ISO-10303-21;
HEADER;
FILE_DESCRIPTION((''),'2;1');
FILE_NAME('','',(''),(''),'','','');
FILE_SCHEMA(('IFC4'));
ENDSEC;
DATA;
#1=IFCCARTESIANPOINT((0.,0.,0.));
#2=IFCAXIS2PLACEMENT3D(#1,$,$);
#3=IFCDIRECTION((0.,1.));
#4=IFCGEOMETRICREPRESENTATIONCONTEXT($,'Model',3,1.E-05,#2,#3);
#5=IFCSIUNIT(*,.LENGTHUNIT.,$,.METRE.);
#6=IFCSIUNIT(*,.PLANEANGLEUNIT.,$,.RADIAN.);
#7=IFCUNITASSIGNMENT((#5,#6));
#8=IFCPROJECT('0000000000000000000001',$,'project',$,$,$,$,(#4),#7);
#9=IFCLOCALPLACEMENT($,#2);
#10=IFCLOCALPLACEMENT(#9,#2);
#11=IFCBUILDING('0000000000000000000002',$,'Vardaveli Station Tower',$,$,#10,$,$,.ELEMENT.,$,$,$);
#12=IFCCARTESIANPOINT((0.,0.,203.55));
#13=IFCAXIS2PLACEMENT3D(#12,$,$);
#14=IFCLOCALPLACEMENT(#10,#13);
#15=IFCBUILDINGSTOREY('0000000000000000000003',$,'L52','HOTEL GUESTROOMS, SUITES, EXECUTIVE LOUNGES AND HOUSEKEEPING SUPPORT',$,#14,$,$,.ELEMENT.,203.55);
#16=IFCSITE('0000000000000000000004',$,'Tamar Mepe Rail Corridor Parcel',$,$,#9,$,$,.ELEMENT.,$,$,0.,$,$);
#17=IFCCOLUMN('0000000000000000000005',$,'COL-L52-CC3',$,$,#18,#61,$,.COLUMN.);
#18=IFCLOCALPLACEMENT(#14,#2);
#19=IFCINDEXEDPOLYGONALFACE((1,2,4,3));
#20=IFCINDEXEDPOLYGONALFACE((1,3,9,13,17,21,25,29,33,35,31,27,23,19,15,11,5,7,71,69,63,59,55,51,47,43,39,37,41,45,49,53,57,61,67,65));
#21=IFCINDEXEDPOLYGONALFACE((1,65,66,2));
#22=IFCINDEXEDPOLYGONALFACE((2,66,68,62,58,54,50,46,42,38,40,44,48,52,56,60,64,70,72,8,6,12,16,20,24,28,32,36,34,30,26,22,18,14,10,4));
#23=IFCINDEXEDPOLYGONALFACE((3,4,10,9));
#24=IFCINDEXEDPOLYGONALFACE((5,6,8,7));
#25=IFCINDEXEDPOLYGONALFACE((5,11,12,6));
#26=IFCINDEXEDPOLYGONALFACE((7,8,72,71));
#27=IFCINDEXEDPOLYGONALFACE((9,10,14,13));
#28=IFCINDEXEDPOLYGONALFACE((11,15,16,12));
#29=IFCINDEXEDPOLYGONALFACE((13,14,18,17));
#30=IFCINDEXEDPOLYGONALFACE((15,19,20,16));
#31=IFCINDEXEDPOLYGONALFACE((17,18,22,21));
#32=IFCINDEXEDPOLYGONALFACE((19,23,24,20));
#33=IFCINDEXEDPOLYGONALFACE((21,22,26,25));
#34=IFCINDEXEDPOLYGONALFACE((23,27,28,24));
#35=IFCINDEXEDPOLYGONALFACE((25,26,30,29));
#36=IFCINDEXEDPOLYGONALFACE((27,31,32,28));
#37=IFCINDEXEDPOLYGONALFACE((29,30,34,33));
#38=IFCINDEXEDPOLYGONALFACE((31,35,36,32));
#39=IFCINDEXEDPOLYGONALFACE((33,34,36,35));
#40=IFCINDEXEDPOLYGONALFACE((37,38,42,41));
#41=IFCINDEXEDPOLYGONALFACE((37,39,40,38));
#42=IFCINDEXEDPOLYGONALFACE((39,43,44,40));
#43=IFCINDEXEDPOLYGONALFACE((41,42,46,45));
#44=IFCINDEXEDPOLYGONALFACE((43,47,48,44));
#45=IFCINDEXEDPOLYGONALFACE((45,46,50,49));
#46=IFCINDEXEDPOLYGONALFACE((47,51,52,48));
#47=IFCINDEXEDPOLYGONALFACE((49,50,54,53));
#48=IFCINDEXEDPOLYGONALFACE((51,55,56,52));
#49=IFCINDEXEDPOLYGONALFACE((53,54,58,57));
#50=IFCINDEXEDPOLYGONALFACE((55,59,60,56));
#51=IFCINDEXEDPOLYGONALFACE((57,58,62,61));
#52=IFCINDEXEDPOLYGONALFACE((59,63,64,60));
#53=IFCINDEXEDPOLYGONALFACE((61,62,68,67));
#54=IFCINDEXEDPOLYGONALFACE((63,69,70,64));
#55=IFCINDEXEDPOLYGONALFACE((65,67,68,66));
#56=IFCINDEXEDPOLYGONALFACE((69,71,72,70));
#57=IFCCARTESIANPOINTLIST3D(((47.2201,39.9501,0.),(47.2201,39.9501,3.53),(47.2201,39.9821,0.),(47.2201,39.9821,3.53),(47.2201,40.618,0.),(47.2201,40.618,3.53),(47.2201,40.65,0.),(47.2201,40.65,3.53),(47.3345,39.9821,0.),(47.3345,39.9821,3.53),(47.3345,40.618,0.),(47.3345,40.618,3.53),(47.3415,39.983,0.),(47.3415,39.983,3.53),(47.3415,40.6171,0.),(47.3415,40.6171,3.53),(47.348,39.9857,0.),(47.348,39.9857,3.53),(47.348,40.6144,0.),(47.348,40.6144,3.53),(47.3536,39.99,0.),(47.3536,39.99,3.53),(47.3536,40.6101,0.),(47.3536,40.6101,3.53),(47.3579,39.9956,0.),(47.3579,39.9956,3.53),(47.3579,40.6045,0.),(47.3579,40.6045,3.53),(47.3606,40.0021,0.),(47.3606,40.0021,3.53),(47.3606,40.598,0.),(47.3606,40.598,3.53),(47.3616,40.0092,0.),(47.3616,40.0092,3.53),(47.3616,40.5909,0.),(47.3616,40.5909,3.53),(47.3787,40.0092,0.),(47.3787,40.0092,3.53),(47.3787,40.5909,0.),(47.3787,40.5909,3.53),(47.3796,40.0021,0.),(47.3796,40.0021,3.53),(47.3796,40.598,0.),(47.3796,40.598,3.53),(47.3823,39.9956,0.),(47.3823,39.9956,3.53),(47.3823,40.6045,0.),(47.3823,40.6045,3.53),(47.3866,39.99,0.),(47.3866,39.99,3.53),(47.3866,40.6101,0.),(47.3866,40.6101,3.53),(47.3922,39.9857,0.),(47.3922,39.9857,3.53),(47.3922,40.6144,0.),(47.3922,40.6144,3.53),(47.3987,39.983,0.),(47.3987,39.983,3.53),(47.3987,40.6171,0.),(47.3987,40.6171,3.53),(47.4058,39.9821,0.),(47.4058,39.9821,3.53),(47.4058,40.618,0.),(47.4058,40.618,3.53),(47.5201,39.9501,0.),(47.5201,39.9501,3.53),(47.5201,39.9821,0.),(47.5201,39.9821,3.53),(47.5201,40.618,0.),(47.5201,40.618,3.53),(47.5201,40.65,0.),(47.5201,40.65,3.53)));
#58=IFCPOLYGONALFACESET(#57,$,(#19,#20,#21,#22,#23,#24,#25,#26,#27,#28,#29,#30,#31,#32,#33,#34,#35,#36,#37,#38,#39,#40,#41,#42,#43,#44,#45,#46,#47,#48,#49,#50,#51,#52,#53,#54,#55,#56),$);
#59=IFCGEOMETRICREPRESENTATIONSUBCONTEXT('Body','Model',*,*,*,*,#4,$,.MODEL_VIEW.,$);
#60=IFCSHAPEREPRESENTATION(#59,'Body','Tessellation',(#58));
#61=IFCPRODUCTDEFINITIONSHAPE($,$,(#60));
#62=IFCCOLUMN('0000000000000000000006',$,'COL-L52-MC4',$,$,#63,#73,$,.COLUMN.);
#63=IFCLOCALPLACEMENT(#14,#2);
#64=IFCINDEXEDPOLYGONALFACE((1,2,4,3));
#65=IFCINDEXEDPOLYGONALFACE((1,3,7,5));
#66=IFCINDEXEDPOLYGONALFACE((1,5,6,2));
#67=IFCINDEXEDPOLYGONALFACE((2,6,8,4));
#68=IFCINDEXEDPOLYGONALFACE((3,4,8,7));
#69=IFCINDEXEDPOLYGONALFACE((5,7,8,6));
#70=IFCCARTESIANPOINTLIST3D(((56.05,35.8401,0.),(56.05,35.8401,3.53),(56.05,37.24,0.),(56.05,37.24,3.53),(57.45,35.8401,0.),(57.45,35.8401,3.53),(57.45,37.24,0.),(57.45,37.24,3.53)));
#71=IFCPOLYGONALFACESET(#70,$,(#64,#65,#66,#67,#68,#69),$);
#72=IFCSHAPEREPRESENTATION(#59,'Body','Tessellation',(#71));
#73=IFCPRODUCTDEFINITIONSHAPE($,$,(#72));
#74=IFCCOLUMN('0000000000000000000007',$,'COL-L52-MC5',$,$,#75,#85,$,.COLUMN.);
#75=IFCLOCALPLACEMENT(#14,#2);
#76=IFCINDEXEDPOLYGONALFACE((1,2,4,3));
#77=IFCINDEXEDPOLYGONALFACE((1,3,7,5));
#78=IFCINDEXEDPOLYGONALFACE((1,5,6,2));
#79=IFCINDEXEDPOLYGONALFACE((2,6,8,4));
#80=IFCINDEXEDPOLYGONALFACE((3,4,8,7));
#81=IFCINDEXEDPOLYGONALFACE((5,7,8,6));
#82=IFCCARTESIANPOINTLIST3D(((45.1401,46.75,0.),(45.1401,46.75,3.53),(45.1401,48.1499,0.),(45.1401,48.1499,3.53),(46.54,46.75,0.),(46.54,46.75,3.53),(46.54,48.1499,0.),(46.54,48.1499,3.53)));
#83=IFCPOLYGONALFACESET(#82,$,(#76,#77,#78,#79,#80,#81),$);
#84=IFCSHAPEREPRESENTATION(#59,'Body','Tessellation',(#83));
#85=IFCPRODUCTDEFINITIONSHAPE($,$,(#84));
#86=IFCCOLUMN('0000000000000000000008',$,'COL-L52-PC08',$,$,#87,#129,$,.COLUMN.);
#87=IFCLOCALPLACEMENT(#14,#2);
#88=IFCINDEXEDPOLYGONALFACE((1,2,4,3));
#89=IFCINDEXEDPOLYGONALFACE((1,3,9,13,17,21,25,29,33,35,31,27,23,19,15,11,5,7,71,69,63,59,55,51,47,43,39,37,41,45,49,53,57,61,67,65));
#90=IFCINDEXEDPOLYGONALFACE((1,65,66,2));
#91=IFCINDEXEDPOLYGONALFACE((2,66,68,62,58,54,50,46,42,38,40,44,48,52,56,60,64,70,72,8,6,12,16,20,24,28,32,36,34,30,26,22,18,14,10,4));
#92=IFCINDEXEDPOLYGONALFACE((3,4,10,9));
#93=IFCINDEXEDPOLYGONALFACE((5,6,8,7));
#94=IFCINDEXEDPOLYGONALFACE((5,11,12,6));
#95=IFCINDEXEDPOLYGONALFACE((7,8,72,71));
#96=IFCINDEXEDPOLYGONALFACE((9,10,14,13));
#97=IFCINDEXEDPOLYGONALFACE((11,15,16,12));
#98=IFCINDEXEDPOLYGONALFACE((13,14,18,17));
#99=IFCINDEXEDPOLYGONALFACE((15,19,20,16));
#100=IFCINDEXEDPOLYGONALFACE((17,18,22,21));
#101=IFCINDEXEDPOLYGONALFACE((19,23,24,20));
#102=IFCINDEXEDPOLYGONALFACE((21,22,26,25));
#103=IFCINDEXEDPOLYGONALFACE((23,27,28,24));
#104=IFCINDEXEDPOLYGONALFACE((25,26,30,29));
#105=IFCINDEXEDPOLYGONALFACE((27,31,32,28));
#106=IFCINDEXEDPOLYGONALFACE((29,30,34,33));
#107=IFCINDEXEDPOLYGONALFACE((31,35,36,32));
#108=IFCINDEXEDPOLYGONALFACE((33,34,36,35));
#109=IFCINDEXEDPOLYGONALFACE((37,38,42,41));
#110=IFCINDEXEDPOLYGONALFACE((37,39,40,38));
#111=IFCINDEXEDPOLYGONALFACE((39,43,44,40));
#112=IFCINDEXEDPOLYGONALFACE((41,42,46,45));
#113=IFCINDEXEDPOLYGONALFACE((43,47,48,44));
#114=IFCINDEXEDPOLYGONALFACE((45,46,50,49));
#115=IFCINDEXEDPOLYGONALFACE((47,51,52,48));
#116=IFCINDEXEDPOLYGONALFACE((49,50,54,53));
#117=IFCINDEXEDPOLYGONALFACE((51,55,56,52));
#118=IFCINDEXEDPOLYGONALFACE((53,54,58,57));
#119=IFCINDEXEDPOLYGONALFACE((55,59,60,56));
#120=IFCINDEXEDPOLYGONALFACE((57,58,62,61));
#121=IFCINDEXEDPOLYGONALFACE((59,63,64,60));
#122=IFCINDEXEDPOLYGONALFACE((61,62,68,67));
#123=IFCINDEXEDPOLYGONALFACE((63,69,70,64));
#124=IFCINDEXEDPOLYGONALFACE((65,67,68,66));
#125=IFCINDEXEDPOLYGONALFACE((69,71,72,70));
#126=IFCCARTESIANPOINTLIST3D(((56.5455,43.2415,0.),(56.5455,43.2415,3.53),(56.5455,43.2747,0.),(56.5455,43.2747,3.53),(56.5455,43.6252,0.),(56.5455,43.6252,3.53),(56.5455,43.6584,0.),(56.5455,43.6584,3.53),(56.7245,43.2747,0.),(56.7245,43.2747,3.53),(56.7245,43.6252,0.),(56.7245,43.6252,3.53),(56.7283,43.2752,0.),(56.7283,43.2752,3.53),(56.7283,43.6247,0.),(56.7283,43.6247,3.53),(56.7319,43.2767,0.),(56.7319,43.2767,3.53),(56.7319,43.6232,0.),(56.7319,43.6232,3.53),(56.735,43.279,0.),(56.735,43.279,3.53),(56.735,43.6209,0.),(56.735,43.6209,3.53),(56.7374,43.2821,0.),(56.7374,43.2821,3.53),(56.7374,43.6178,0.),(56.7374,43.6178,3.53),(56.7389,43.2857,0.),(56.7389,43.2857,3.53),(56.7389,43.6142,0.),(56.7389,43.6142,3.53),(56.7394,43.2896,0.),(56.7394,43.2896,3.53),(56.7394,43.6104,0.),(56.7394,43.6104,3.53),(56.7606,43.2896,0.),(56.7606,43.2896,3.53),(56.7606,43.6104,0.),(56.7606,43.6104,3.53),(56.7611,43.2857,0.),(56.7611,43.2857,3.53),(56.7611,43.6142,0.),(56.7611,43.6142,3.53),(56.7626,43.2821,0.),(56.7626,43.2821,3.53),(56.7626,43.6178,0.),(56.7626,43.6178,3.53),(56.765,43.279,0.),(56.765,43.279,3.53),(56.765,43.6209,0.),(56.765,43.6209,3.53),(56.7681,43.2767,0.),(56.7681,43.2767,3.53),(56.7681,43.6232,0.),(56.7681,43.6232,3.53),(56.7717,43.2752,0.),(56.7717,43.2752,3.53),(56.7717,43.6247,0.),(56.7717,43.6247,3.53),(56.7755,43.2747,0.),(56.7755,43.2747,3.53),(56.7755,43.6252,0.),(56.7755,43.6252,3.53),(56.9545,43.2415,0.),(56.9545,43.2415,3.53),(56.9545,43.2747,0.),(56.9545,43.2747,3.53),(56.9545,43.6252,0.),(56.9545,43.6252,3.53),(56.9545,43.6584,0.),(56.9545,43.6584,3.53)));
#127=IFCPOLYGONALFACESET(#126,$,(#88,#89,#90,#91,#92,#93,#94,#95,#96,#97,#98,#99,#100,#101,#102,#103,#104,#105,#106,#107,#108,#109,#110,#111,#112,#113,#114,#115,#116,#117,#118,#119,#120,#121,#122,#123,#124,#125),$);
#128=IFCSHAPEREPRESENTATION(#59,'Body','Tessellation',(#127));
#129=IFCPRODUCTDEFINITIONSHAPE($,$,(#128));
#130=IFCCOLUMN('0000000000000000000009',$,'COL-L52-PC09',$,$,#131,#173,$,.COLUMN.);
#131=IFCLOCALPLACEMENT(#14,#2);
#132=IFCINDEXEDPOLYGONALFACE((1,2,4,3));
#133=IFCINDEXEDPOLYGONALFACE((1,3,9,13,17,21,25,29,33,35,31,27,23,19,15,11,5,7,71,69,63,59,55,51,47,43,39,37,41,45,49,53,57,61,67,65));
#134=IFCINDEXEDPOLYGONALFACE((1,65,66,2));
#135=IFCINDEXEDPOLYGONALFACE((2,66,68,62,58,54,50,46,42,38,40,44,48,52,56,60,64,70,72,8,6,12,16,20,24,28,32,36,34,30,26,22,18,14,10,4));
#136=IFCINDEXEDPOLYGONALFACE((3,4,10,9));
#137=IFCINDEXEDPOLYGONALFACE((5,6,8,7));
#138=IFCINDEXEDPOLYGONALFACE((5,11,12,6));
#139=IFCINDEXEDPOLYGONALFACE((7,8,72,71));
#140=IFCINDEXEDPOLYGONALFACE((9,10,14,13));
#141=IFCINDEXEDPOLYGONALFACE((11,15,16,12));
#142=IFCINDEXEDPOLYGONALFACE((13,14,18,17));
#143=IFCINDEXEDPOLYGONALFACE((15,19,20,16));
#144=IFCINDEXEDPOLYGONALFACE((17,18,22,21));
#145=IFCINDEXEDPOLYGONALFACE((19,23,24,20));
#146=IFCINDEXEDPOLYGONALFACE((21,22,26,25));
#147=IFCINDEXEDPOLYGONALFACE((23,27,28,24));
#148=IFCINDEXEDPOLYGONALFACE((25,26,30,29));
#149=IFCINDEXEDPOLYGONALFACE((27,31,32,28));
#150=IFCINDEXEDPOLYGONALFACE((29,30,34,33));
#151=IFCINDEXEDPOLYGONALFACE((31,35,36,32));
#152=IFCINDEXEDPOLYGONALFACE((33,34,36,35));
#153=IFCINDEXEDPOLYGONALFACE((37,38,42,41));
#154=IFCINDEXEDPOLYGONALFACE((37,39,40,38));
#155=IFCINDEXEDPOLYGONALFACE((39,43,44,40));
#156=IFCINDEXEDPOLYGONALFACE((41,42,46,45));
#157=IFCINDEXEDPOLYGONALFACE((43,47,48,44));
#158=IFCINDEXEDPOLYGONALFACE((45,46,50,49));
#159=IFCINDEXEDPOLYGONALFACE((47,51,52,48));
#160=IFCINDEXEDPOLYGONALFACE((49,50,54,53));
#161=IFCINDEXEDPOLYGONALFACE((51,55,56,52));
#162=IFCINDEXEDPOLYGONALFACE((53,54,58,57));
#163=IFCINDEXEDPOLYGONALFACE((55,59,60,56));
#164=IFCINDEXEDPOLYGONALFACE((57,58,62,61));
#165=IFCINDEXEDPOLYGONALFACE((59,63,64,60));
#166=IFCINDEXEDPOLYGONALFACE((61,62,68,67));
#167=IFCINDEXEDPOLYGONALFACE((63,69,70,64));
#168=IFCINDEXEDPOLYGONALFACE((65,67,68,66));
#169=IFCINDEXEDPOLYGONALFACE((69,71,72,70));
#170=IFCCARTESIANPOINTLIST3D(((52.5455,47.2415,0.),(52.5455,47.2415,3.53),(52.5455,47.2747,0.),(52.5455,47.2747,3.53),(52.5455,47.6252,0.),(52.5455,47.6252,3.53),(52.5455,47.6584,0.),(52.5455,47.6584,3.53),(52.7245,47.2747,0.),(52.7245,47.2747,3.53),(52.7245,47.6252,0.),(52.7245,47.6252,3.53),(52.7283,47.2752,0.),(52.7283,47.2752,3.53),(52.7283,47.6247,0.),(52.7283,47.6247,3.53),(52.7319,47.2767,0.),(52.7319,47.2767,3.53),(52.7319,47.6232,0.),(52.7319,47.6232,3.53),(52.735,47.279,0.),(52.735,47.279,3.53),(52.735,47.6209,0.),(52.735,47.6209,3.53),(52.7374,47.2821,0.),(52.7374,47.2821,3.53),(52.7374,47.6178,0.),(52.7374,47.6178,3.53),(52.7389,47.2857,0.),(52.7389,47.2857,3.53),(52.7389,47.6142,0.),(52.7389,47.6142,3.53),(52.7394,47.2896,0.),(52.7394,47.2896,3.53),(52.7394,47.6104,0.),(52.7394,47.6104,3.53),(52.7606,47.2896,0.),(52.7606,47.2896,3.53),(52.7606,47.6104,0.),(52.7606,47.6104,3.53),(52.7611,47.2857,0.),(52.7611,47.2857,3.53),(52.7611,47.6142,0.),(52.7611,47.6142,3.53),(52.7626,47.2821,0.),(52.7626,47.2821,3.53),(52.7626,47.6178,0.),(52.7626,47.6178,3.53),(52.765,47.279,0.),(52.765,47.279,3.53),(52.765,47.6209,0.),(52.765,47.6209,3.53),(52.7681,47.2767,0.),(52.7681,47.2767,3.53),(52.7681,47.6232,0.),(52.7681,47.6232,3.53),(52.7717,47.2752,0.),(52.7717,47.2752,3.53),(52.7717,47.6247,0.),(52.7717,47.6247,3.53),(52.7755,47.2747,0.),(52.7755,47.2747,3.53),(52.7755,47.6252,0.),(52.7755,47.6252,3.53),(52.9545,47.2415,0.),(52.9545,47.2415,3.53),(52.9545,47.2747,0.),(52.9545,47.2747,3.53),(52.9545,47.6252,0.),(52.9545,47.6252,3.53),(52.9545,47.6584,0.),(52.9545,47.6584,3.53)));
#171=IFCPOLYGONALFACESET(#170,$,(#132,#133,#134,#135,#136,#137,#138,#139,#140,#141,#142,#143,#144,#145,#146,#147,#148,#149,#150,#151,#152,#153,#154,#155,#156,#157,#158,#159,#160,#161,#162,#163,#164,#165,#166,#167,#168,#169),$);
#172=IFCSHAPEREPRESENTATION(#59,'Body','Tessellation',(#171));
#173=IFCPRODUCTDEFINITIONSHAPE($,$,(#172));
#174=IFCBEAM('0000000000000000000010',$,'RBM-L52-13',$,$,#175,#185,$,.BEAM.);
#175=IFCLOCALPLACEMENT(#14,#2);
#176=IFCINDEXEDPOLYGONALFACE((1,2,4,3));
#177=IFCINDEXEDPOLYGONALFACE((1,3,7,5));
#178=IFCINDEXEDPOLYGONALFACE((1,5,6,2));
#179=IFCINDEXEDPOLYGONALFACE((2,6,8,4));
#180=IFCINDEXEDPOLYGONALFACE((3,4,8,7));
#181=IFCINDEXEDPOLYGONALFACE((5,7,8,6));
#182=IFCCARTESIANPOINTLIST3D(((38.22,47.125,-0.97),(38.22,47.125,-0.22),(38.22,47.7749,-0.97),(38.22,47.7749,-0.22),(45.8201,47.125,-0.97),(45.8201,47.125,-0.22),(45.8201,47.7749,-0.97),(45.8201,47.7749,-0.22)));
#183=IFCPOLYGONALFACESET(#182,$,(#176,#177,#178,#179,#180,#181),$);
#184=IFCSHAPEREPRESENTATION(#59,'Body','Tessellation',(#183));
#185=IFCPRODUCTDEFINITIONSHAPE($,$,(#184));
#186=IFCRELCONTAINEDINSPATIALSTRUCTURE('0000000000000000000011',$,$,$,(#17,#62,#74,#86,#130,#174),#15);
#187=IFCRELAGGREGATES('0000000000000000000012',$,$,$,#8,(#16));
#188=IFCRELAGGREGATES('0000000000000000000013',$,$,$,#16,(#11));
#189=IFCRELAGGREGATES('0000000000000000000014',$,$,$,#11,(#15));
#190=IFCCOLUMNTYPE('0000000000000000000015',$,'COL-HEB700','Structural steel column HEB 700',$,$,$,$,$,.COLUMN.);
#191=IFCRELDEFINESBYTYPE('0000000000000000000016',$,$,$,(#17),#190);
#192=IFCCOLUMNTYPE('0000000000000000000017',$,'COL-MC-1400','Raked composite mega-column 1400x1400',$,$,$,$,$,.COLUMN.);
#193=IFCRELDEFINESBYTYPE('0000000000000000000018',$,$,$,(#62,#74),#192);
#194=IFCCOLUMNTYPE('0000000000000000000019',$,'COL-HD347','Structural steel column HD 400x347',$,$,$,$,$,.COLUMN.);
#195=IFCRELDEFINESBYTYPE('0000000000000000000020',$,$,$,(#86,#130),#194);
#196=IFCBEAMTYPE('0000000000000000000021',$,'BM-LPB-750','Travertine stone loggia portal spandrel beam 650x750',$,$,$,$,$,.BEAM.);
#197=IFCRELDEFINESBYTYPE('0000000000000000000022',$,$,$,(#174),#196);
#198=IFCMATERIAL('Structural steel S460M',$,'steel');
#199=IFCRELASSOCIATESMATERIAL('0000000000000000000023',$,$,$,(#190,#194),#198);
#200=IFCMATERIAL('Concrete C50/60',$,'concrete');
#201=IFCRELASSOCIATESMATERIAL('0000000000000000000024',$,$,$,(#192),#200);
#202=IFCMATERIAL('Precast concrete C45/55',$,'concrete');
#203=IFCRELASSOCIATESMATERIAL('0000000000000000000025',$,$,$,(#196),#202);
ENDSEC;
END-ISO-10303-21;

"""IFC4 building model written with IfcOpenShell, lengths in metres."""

from ifc_helpers import new_model, si_unit, direction, frame, origin, origin_2d, place, context, subcontext, project, spatial, rectangle, i_section, extrude, source, transform, mapped, material, material_profile, profile_set, type_object, element, save


model = new_model("IFC4")

# Units and contexts
model_context = context("Model", 3, precision=1e-05, world=origin(), true_north=direction((0.0, 1.0)))
body_context = subcontext(model_context, "Body", "Model", "MODEL_VIEW")
ifc_project = project(units=[si_unit("LENGTHUNIT", "METRE"), si_unit("PLANEANGLEUNIT", "RADIAN")], contexts=[model_context])

# Site, building, storey
site_placement = place(None, origin())
site = spatial("IfcSite", under=ifc_project, at=site_placement, Name="Tamar Mepe Rail Corridor Parcel", CompositionType="ELEMENT", RefElevation=0.0)
building_placement = place(site_placement, origin())
building = spatial("IfcBuilding", under=site, at=building_placement, Name="Vardaveli Station Tower", CompositionType="ELEMENT")
storey_placement = place(building_placement, frame((0.0, 0.0, 203.55)))
storey = spatial("IfcBuildingStorey", under=building, at=storey_placement, Name="L52", Description="HOTEL GUESTROOMS, SUITES, EXECUTIVE LOUNGES AND HOUSEKEEPING SUPPORT", CompositionType="ELEMENT", Elevation=203.55)

# Columns
ifc_material_1 = material(Name="Structural steel S460M", Category="steel")
ifc_material_profile_1 = material_profile(ifc_material_1, i_section(OverallWidth=0.3, OverallDepth=0.7, WebThickness=0.0171, FlangeThickness=0.032, FilletRadius=0.0271, at=origin_2d()), Name="HEB 700")
ifc_profile_set_1 = profile_set([ifc_material_profile_1], Name="Structural steel S460M")
column_type_1 = type_object("IfcColumnType", Name="COL-HEB700", Description="Structural steel column HEB 700", PredefinedType="COLUMN", material=ifc_profile_set_1)
shared_shape_1 = source(origin(), body_context, "Body", "SweptSolid", [
    extrude(i_section(OverallWidth=0.3, OverallDepth=0.7, WebThickness=0.0171, FlangeThickness=0.032, FilletRadius=0.0271, at=origin_2d()), origin(), (0.0, 0.0, 1.0), 3.53),
])
column_placement = place(storey_placement, frame((47.3701, 40.3, 0.0), z_axis=(0.0, 0.0, 1.0), x_axis=(1.0, 0.0, 0.0)))
element("IfcColumn", 1, at=column_placement, inside=storey, type_object=column_type_1, Name="COL-L52-CC3", PredefinedType="COLUMN", context=body_context, shape_type="MappedRepresentation", body=[
    mapped(shared_shape_1, transform((0.0, 0.0, 0.0), scale=1.0)),
])
ifc_material_2 = material(Name="Concrete C50/60", Category="concrete")
ifc_material_profile_2 = material_profile(ifc_material_2, rectangle(XDim=1.3999, YDim=1.3999, at=origin_2d()), Name="MC 1400x1400")
ifc_profile_set_2 = profile_set([ifc_material_profile_2], Name="Concrete C50/60")
column_type_2 = type_object("IfcColumnType", Name="COL-MC-1400", Description="Raked composite mega-column 1400x1400", PredefinedType="COLUMN", material=ifc_profile_set_2)
shared_shape_2 = source(origin(), body_context, "Body", "SweptSolid", [
    extrude(rectangle(XDim=1.3999, YDim=1.3999, at=origin_2d()), origin(), (0.0, 0.0, 1.0), 3.53),
])
for number, where, z_axis, x_axis, name in (
    (2, (56.75, 36.54, 0.0), (0.0, 0.0, 1.0), (1.0, 0.0, 0.0), "COL-L52-MC4"),
    (3, (45.8401, 47.45, 0.0), (0.0, 0.0, 1.0), (1.0, 0.0, 0.0), "COL-L52-MC5"),
):
    element("IfcColumn", number, at=place(storey_placement, frame(where, z_axis=z_axis, x_axis=x_axis)), inside=storey, type_object=column_type_2, Name=name, PredefinedType="COLUMN", context=body_context, shape_type="MappedRepresentation", body=[
        mapped(shared_shape_2, transform((0.0, 0.0, 0.0), scale=1.0)),
    ])
ifc_material_profile_3 = material_profile(ifc_material_1, i_section(OverallWidth=0.4089, OverallDepth=0.417, WebThickness=0.0212, FlangeThickness=0.0332, FilletRadius=0.0149, at=origin_2d()), Name="HD 400x347")
ifc_profile_set_3 = profile_set([ifc_material_profile_3], Name="Structural steel S460M")
column_type_3 = type_object("IfcColumnType", Name="COL-HD347", Description="Structural steel column HD 400x347", PredefinedType="COLUMN", material=ifc_profile_set_3)
shared_shape_3 = source(origin(), body_context, "Body", "SweptSolid", [
    extrude(i_section(OverallWidth=0.4089, OverallDepth=0.417, WebThickness=0.0212, FlangeThickness=0.0332, FilletRadius=0.0149, at=origin_2d()), origin(), (0.0, 0.0, 1.0), 3.53),
])
for number, where, z_axis, x_axis, name in (
    (4, (56.75, 43.45, 0.0), (0.0, 0.0, 1.0), (1.0, 0.0, 0.0), "COL-L52-PC08"),
    (5, (52.75, 47.45, 0.0), (0.0, 0.0, 1.0), (1.0, 0.0, 0.0), "COL-L52-PC09"),
):
    element("IfcColumn", number, at=place(storey_placement, frame(where, z_axis=z_axis, x_axis=x_axis)), inside=storey, type_object=column_type_3, Name=name, PredefinedType="COLUMN", context=body_context, shape_type="MappedRepresentation", body=[
        mapped(shared_shape_3, transform((0.0, 0.0, 0.0), scale=1.0)),
    ])

# Beam
ifc_material_3 = material(Name="Precast concrete C45/55", Category="concrete")
ifc_material_profile_4 = material_profile(ifc_material_3, rectangle(XDim=0.6499, YDim=0.75, at=origin_2d()), Name="LPB 650x750")
ifc_profile_set_4 = profile_set([ifc_material_profile_4], Name="Precast concrete C45/55")
beam_type = type_object("IfcBeamType", Name="BM-LPB-750", Description="Travertine stone loggia portal spandrel beam 650x750", PredefinedType="BEAM", material=ifc_profile_set_4)
shared_shape_4 = source(origin(), body_context, "Body", "SweptSolid", [
    extrude(rectangle(XDim=0.6499, YDim=0.75, at=origin_2d()), origin(), (0.0, 0.0, 1.0), 7.6001),
])
beam_1_placement = place(storey_placement, frame((45.8201, 47.45, -0.595), z_axis=(-1.0, 0.0, 0.0), x_axis=(0.0, -1.0, 0.0)))
element("IfcBeam", 6, at=beam_1_placement, inside=storey, type_object=beam_type, Name="RBM-L52-13", PredefinedType="BEAM", context=body_context, shape_type="MappedRepresentation", body=[
    mapped(shared_shape_4, transform((0.0, 0.0, 0.0), scale=1.0)),
])

save(model, "model.ifc")
